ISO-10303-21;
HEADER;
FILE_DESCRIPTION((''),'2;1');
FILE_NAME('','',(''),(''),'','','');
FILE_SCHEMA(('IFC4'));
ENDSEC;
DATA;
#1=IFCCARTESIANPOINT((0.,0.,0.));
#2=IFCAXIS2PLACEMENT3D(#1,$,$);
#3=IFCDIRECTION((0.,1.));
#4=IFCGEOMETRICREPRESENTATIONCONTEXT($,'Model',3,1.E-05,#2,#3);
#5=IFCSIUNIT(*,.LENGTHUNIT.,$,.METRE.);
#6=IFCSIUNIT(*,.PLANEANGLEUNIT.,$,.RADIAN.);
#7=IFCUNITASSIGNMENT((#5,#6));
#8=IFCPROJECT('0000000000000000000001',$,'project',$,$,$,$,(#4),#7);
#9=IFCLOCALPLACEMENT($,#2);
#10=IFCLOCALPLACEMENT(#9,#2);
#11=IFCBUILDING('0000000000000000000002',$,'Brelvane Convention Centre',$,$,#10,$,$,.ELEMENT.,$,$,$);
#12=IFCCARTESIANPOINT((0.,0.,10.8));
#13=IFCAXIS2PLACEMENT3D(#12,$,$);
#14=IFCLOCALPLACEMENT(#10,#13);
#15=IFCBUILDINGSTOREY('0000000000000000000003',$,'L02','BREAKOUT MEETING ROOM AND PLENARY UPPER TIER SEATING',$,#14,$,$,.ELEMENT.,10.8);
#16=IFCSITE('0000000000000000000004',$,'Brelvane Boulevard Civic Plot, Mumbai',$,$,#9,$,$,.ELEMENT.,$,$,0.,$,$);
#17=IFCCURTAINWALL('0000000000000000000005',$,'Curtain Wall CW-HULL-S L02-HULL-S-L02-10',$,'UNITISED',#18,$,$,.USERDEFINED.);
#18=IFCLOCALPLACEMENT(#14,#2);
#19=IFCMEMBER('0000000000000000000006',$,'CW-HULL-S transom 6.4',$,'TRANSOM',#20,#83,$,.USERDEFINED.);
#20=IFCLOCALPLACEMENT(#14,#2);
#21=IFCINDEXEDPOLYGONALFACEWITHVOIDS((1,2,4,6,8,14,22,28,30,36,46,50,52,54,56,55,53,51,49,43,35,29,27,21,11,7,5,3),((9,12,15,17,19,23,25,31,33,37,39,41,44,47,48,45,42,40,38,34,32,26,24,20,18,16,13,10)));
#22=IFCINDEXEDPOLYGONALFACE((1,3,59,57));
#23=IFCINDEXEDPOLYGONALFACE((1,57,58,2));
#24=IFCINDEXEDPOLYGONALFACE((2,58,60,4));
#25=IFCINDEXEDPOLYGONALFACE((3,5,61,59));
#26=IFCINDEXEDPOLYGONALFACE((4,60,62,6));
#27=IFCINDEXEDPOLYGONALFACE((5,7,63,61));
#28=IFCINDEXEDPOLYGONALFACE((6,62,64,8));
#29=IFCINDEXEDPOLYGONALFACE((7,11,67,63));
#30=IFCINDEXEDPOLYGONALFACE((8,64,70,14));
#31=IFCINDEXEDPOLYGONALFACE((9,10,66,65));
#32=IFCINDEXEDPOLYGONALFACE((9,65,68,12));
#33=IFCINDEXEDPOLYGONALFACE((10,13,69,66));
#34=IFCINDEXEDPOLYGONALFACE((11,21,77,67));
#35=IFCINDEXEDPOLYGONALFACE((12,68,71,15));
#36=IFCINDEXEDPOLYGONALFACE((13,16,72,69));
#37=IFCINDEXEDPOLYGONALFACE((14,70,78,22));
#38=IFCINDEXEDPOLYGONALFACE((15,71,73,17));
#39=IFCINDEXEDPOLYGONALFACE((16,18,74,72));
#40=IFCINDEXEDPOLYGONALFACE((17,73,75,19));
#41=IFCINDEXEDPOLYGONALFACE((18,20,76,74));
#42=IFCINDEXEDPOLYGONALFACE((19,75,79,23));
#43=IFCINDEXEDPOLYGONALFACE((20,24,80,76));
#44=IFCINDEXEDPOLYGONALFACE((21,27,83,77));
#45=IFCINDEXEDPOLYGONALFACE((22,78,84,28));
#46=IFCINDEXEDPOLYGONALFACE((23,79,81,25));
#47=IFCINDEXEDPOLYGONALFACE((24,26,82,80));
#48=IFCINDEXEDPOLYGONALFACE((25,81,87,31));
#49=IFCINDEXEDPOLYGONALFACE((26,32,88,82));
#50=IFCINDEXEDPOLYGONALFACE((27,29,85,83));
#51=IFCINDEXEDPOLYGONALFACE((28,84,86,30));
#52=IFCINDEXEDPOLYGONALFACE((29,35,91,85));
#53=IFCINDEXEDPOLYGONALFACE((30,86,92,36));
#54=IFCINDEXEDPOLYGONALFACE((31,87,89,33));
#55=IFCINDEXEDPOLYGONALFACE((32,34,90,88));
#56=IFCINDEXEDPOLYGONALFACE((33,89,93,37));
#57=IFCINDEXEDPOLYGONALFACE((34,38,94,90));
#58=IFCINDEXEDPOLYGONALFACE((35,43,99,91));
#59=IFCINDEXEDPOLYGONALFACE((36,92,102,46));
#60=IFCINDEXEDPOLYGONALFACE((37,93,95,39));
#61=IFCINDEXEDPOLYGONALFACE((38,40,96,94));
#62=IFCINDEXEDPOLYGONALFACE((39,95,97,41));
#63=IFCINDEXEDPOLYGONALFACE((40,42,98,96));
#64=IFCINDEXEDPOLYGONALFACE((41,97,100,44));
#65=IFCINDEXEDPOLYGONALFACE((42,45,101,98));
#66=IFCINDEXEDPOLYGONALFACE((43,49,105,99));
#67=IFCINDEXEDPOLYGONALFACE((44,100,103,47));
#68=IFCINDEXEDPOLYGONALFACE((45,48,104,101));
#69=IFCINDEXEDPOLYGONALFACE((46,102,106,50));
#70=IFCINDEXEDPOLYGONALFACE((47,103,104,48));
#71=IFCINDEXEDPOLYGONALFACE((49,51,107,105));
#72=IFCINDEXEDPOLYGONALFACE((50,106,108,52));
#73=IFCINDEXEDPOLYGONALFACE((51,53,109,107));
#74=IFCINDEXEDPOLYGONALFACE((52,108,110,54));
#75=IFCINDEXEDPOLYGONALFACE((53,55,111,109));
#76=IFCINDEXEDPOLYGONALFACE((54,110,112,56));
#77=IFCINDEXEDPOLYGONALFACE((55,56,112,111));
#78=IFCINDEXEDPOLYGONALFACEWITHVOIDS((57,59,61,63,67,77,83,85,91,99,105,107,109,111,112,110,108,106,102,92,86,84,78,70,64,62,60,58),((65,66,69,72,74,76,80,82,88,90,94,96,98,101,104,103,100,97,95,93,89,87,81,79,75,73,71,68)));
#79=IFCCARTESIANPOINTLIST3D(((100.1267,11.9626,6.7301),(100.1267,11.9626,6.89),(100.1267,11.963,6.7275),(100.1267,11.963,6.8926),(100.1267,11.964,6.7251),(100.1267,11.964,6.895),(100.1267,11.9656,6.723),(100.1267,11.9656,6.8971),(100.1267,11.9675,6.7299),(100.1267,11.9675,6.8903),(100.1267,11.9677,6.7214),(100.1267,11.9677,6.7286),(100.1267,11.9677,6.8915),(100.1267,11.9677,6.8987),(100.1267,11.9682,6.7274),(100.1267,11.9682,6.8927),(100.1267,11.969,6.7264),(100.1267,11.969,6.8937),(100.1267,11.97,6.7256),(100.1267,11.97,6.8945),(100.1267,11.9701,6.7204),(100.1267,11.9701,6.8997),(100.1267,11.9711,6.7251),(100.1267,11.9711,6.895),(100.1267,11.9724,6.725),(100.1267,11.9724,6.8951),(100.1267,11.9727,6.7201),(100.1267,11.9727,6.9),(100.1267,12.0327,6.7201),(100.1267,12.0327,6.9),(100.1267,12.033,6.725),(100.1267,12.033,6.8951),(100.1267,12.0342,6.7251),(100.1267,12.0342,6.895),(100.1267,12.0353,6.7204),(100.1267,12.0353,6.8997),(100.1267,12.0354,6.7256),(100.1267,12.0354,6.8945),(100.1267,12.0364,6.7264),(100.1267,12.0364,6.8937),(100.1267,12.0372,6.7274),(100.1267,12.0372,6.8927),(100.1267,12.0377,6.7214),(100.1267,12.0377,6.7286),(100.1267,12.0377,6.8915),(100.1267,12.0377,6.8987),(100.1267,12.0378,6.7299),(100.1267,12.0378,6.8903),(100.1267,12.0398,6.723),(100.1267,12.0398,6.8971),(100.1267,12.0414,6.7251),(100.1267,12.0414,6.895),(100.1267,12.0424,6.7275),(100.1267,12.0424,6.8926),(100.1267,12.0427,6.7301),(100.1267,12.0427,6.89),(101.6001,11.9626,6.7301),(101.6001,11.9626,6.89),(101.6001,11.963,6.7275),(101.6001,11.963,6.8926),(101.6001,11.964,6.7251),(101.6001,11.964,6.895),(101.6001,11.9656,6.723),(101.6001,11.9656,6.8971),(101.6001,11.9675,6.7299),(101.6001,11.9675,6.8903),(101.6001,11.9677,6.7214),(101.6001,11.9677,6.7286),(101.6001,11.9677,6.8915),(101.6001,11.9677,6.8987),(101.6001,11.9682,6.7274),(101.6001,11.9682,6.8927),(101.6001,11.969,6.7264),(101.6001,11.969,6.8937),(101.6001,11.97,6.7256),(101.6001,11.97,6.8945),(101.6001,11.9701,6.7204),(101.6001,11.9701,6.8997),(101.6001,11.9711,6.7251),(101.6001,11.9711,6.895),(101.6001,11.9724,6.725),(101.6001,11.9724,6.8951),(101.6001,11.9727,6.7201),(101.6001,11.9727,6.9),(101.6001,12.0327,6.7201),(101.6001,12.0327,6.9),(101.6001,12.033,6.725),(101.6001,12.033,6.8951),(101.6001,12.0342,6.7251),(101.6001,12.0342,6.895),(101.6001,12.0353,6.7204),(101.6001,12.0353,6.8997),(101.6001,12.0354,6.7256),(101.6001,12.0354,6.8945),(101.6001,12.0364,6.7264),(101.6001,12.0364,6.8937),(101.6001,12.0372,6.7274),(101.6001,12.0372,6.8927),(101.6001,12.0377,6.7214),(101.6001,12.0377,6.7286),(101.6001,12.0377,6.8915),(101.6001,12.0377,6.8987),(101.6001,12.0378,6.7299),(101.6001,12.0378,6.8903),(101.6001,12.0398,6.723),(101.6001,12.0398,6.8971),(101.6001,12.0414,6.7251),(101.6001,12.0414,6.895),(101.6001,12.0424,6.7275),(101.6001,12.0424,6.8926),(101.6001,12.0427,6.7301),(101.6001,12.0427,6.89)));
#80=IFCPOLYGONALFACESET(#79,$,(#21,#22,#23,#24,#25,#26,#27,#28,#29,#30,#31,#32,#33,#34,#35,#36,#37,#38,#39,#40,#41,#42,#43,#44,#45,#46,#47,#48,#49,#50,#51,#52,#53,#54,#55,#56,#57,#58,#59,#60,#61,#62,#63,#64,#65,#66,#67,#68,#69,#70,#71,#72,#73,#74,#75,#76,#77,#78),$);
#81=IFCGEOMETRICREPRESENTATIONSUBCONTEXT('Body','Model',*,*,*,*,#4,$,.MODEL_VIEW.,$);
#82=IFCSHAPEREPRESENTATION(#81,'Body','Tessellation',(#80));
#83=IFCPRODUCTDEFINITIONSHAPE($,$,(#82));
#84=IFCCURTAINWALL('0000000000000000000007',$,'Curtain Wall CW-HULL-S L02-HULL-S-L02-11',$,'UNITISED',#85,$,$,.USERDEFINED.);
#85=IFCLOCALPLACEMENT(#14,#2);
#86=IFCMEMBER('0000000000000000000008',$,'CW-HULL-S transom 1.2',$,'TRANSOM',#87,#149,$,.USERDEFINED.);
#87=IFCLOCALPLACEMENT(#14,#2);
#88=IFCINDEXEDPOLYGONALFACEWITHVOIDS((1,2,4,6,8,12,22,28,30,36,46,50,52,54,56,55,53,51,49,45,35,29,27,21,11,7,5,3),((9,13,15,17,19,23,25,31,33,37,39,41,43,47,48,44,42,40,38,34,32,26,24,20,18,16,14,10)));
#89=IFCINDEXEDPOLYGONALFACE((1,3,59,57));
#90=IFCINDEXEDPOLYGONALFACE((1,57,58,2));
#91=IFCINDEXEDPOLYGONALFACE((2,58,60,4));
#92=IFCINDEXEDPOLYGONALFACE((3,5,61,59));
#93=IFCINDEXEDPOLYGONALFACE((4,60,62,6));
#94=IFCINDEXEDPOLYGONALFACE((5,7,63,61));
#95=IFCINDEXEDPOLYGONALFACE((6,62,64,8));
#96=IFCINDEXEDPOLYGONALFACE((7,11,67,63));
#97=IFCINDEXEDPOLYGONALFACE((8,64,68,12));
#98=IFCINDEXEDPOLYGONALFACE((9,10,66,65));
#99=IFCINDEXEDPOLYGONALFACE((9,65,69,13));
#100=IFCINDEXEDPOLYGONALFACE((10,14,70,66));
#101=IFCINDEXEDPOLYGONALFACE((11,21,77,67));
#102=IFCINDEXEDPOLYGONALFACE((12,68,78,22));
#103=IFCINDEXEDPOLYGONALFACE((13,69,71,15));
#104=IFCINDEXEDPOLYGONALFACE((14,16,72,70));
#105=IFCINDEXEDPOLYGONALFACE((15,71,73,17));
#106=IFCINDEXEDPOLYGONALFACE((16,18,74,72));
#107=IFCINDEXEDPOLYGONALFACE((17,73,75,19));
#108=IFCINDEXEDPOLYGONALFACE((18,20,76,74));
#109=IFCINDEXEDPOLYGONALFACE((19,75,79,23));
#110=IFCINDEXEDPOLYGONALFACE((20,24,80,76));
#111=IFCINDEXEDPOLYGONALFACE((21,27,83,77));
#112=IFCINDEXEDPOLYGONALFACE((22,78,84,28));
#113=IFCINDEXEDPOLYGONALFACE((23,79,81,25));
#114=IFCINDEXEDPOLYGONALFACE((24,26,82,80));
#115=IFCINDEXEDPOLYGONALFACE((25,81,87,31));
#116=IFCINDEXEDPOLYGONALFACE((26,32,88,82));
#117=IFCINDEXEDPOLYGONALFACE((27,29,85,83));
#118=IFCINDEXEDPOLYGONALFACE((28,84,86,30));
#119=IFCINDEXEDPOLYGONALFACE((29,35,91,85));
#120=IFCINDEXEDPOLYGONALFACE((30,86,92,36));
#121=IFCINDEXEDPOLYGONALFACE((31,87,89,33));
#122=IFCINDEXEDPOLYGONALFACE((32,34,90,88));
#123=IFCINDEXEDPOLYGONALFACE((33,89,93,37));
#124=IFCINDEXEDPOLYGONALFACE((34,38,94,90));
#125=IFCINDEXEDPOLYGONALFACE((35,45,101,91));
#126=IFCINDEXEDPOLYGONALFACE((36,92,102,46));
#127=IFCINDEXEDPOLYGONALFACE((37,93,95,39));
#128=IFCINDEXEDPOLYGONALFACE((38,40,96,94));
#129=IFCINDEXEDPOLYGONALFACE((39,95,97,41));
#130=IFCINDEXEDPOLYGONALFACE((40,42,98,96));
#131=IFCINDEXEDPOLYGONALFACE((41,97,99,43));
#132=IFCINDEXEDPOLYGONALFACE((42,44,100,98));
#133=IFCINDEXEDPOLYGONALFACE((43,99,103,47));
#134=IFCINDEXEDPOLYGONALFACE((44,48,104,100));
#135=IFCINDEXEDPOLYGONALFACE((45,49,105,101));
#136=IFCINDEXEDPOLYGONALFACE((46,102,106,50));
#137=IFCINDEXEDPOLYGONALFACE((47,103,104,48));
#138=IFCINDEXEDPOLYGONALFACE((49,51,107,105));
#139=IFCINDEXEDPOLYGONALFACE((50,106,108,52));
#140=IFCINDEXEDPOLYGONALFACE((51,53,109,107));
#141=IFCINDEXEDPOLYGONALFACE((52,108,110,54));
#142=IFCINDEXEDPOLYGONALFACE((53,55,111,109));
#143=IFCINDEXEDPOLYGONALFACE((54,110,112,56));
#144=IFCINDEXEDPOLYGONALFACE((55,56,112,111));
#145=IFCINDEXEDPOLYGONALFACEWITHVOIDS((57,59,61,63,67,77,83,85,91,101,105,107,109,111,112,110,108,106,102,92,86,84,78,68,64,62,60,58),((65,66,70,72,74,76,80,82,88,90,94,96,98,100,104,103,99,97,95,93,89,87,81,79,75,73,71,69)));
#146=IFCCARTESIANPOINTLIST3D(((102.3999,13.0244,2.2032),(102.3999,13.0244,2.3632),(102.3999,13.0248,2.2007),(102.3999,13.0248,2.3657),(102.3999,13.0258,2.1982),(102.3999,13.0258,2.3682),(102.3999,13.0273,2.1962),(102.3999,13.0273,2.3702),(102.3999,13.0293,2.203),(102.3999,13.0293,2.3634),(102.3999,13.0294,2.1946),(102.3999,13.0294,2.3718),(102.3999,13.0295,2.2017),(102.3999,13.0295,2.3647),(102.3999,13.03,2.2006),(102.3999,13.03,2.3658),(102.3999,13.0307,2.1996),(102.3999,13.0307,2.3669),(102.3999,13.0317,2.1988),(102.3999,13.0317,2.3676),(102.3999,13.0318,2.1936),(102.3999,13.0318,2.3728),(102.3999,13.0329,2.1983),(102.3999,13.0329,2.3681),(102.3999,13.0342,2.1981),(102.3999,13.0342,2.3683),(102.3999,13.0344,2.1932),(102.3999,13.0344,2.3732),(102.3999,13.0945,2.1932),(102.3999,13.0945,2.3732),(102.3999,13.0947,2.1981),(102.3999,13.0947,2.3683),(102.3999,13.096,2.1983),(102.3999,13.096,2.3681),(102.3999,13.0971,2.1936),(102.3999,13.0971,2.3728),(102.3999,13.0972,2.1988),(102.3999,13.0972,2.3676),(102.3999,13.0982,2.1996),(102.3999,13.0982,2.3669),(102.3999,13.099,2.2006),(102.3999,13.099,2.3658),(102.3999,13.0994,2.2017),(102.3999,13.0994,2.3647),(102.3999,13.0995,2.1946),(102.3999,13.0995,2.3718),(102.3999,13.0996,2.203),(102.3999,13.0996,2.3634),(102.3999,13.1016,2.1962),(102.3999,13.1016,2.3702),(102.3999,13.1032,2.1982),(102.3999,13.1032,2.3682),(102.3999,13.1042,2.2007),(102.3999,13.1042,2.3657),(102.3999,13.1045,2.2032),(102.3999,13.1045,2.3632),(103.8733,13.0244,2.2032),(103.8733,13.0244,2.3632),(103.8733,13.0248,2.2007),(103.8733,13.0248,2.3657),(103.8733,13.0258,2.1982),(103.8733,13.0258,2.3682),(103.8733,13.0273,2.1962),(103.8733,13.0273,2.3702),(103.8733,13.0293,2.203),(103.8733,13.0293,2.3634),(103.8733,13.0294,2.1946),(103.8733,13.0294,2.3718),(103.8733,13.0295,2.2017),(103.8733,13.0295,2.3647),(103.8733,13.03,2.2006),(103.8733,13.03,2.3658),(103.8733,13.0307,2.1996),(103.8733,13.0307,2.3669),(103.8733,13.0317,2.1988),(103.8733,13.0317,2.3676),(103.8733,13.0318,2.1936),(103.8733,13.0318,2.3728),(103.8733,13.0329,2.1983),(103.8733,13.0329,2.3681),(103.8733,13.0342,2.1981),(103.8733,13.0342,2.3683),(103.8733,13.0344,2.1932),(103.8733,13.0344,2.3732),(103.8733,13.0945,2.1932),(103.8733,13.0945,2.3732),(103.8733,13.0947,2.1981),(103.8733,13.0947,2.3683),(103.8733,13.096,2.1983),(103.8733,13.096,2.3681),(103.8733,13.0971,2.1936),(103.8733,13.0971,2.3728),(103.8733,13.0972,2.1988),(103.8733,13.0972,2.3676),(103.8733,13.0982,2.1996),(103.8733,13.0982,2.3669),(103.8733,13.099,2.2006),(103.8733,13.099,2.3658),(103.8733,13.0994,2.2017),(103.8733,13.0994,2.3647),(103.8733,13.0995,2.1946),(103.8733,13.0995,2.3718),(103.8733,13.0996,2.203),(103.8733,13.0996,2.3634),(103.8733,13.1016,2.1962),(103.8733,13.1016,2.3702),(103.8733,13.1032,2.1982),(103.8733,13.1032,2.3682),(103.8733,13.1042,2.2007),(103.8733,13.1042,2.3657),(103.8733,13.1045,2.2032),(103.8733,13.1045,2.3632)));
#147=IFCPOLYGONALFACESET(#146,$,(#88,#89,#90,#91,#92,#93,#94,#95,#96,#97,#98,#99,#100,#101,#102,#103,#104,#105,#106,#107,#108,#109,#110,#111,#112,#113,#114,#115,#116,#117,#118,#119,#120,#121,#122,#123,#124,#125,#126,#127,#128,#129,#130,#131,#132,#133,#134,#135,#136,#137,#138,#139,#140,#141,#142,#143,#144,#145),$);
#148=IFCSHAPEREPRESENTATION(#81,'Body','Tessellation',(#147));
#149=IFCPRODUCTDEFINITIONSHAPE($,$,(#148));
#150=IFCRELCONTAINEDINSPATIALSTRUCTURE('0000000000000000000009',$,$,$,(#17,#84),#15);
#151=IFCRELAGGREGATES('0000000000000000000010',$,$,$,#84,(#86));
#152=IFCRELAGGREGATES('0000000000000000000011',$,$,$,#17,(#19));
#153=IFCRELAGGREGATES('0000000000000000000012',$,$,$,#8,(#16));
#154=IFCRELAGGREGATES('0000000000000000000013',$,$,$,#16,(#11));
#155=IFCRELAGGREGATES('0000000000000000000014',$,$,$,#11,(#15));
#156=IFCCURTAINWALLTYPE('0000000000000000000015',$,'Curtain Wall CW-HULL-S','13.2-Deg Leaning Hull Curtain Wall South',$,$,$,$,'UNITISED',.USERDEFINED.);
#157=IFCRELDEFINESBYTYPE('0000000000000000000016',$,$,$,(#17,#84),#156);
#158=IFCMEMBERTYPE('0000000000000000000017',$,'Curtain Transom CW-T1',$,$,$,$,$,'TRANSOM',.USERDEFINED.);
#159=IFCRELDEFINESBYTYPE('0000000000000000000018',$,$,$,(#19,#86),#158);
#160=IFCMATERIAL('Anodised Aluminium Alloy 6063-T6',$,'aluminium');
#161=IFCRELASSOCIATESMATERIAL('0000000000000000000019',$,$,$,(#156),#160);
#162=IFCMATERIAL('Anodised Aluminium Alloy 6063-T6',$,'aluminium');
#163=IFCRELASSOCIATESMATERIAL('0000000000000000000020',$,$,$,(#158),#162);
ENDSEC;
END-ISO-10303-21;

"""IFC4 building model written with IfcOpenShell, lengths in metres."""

from ifc_helpers import new_model, si_unit, direction, frame, origin, origin_2d, place, context, subcontext, project, spatial, hollow_rectangle, extrude, material, material_profile, profile_set, type_object, element, aggregate, save


model = new_model("IFC4")

# Units and contexts
model_context = context("Model", 3, precision=1e-05, world=origin(), true_north=direction((0.0, 1.0)))
body_context = subcontext(model_context, "Body", "Model", "MODEL_VIEW")
ifc_project = project(units=[si_unit("LENGTHUNIT", "METRE"), si_unit("PLANEANGLEUNIT", "RADIAN")], contexts=[model_context])

# Site, building, storey
site_placement = place(None, origin())
site = spatial("IfcSite", under=ifc_project, at=site_placement, Name="Brelvane Boulevard Civic Plot, Mumbai", CompositionType="ELEMENT", RefElevation=0.0)
building_placement = place(site_placement, origin())
building = spatial("IfcBuilding", under=site, at=building_placement, Name="Brelvane Convention Centre", CompositionType="ELEMENT")
storey_placement = place(building_placement, frame((0.0, 0.0, 10.8)))
storey = spatial("IfcBuildingStorey", under=building, at=storey_placement, Name="L02", Description="BREAKOUT MEETING ROOM AND PLENARY UPPER TIER SEATING", CompositionType="ELEMENT", Elevation=10.8)

# Curtain walls, members
ifc_material_1 = material(Name="Anodised Aluminium Alloy 6063-T6", Category="aluminium")
curtain_wall_type = type_object("IfcCurtainWallType", Name="Curtain Wall CW-HULL-S", Description="13.2-Deg Leaning Hull Curtain Wall South", ElementType="UNITISED", PredefinedType="USERDEFINED", material=ifc_material_1)
curtain_wall_1_placement = place(storey_placement, origin())
curtain_wall_1 = element("IfcCurtainWall", 1, at=curtain_wall_1_placement, inside=storey, type_object=curtain_wall_type, Name="Curtain Wall CW-HULL-S L02-HULL-S-L02-10", ObjectType="UNITISED", PredefinedType="USERDEFINED")
ifc_material_2 = material(Name="Anodised Aluminium Alloy 6063-T6", Category="aluminium")
ifc_material_profile = material_profile(ifc_material_2, hollow_rectangle(XDim=0.0801, YDim=0.1799, WallThickness=0.0049, InnerFilletRadius=0.0049, OuterFilletRadius=0.01, at=origin_2d()), Name="ALU-T 180x80x5.0")
ifc_profile_set = profile_set([ifc_material_profile], Name="Anodised Aluminium Alloy 6063-T6")
member_type = type_object("IfcMemberType", Name="Curtain Transom CW-T1", ElementType="TRANSOM", PredefinedType="USERDEFINED", material=ifc_profile_set)
member_1_placement = place(storey_placement, frame((100.1267, 12.0027, 6.8101), z_axis=(1.0, 0.0, 0.0), x_axis=(0.0, 1.0, 0.0)))
member_1 = element("IfcMember", 2, at=member_1_placement, type_object=member_type, Name="CW-HULL-S transom 6.4", ObjectType="TRANSOM", PredefinedType="USERDEFINED", context=body_context, shape_type="SweptSolid", body=[
    extrude(hollow_rectangle(XDim=0.0801, YDim=0.1799, WallThickness=0.0049, InnerFilletRadius=0.0049, OuterFilletRadius=0.01, at=origin_2d()), origin(), (0.0, 0.0, 1.0), 1.4734),
])
curtain_wall_2_placement = place(storey_placement, origin())
curtain_wall_2 = element("IfcCurtainWall", 3, at=curtain_wall_2_placement, inside=storey, type_object=curtain_wall_type, Name="Curtain Wall CW-HULL-S L02-HULL-S-L02-11", ObjectType="UNITISED", PredefinedType="USERDEFINED")
member_2_placement = place(storey_placement, frame((102.3999, 13.0645, 2.2832), z_axis=(1.0, 0.0, 0.0), x_axis=(0.0, 1.0, 0.0)))
member_2 = element("IfcMember", 4, at=member_2_placement, type_object=member_type, Name="CW-HULL-S transom 1.2", ObjectType="TRANSOM", PredefinedType="USERDEFINED", context=body_context, shape_type="SweptSolid", body=[
    extrude(hollow_rectangle(XDim=0.0801, YDim=0.1799, WallThickness=0.0049, InnerFilletRadius=0.0049, OuterFilletRadius=0.01, at=origin_2d()), origin(), (0.0, 0.0, 1.0), 1.4734),
])

aggregate(curtain_wall_2, [member_2])
aggregate(curtain_wall_1, [member_1])

save(model, "model.ifc")
